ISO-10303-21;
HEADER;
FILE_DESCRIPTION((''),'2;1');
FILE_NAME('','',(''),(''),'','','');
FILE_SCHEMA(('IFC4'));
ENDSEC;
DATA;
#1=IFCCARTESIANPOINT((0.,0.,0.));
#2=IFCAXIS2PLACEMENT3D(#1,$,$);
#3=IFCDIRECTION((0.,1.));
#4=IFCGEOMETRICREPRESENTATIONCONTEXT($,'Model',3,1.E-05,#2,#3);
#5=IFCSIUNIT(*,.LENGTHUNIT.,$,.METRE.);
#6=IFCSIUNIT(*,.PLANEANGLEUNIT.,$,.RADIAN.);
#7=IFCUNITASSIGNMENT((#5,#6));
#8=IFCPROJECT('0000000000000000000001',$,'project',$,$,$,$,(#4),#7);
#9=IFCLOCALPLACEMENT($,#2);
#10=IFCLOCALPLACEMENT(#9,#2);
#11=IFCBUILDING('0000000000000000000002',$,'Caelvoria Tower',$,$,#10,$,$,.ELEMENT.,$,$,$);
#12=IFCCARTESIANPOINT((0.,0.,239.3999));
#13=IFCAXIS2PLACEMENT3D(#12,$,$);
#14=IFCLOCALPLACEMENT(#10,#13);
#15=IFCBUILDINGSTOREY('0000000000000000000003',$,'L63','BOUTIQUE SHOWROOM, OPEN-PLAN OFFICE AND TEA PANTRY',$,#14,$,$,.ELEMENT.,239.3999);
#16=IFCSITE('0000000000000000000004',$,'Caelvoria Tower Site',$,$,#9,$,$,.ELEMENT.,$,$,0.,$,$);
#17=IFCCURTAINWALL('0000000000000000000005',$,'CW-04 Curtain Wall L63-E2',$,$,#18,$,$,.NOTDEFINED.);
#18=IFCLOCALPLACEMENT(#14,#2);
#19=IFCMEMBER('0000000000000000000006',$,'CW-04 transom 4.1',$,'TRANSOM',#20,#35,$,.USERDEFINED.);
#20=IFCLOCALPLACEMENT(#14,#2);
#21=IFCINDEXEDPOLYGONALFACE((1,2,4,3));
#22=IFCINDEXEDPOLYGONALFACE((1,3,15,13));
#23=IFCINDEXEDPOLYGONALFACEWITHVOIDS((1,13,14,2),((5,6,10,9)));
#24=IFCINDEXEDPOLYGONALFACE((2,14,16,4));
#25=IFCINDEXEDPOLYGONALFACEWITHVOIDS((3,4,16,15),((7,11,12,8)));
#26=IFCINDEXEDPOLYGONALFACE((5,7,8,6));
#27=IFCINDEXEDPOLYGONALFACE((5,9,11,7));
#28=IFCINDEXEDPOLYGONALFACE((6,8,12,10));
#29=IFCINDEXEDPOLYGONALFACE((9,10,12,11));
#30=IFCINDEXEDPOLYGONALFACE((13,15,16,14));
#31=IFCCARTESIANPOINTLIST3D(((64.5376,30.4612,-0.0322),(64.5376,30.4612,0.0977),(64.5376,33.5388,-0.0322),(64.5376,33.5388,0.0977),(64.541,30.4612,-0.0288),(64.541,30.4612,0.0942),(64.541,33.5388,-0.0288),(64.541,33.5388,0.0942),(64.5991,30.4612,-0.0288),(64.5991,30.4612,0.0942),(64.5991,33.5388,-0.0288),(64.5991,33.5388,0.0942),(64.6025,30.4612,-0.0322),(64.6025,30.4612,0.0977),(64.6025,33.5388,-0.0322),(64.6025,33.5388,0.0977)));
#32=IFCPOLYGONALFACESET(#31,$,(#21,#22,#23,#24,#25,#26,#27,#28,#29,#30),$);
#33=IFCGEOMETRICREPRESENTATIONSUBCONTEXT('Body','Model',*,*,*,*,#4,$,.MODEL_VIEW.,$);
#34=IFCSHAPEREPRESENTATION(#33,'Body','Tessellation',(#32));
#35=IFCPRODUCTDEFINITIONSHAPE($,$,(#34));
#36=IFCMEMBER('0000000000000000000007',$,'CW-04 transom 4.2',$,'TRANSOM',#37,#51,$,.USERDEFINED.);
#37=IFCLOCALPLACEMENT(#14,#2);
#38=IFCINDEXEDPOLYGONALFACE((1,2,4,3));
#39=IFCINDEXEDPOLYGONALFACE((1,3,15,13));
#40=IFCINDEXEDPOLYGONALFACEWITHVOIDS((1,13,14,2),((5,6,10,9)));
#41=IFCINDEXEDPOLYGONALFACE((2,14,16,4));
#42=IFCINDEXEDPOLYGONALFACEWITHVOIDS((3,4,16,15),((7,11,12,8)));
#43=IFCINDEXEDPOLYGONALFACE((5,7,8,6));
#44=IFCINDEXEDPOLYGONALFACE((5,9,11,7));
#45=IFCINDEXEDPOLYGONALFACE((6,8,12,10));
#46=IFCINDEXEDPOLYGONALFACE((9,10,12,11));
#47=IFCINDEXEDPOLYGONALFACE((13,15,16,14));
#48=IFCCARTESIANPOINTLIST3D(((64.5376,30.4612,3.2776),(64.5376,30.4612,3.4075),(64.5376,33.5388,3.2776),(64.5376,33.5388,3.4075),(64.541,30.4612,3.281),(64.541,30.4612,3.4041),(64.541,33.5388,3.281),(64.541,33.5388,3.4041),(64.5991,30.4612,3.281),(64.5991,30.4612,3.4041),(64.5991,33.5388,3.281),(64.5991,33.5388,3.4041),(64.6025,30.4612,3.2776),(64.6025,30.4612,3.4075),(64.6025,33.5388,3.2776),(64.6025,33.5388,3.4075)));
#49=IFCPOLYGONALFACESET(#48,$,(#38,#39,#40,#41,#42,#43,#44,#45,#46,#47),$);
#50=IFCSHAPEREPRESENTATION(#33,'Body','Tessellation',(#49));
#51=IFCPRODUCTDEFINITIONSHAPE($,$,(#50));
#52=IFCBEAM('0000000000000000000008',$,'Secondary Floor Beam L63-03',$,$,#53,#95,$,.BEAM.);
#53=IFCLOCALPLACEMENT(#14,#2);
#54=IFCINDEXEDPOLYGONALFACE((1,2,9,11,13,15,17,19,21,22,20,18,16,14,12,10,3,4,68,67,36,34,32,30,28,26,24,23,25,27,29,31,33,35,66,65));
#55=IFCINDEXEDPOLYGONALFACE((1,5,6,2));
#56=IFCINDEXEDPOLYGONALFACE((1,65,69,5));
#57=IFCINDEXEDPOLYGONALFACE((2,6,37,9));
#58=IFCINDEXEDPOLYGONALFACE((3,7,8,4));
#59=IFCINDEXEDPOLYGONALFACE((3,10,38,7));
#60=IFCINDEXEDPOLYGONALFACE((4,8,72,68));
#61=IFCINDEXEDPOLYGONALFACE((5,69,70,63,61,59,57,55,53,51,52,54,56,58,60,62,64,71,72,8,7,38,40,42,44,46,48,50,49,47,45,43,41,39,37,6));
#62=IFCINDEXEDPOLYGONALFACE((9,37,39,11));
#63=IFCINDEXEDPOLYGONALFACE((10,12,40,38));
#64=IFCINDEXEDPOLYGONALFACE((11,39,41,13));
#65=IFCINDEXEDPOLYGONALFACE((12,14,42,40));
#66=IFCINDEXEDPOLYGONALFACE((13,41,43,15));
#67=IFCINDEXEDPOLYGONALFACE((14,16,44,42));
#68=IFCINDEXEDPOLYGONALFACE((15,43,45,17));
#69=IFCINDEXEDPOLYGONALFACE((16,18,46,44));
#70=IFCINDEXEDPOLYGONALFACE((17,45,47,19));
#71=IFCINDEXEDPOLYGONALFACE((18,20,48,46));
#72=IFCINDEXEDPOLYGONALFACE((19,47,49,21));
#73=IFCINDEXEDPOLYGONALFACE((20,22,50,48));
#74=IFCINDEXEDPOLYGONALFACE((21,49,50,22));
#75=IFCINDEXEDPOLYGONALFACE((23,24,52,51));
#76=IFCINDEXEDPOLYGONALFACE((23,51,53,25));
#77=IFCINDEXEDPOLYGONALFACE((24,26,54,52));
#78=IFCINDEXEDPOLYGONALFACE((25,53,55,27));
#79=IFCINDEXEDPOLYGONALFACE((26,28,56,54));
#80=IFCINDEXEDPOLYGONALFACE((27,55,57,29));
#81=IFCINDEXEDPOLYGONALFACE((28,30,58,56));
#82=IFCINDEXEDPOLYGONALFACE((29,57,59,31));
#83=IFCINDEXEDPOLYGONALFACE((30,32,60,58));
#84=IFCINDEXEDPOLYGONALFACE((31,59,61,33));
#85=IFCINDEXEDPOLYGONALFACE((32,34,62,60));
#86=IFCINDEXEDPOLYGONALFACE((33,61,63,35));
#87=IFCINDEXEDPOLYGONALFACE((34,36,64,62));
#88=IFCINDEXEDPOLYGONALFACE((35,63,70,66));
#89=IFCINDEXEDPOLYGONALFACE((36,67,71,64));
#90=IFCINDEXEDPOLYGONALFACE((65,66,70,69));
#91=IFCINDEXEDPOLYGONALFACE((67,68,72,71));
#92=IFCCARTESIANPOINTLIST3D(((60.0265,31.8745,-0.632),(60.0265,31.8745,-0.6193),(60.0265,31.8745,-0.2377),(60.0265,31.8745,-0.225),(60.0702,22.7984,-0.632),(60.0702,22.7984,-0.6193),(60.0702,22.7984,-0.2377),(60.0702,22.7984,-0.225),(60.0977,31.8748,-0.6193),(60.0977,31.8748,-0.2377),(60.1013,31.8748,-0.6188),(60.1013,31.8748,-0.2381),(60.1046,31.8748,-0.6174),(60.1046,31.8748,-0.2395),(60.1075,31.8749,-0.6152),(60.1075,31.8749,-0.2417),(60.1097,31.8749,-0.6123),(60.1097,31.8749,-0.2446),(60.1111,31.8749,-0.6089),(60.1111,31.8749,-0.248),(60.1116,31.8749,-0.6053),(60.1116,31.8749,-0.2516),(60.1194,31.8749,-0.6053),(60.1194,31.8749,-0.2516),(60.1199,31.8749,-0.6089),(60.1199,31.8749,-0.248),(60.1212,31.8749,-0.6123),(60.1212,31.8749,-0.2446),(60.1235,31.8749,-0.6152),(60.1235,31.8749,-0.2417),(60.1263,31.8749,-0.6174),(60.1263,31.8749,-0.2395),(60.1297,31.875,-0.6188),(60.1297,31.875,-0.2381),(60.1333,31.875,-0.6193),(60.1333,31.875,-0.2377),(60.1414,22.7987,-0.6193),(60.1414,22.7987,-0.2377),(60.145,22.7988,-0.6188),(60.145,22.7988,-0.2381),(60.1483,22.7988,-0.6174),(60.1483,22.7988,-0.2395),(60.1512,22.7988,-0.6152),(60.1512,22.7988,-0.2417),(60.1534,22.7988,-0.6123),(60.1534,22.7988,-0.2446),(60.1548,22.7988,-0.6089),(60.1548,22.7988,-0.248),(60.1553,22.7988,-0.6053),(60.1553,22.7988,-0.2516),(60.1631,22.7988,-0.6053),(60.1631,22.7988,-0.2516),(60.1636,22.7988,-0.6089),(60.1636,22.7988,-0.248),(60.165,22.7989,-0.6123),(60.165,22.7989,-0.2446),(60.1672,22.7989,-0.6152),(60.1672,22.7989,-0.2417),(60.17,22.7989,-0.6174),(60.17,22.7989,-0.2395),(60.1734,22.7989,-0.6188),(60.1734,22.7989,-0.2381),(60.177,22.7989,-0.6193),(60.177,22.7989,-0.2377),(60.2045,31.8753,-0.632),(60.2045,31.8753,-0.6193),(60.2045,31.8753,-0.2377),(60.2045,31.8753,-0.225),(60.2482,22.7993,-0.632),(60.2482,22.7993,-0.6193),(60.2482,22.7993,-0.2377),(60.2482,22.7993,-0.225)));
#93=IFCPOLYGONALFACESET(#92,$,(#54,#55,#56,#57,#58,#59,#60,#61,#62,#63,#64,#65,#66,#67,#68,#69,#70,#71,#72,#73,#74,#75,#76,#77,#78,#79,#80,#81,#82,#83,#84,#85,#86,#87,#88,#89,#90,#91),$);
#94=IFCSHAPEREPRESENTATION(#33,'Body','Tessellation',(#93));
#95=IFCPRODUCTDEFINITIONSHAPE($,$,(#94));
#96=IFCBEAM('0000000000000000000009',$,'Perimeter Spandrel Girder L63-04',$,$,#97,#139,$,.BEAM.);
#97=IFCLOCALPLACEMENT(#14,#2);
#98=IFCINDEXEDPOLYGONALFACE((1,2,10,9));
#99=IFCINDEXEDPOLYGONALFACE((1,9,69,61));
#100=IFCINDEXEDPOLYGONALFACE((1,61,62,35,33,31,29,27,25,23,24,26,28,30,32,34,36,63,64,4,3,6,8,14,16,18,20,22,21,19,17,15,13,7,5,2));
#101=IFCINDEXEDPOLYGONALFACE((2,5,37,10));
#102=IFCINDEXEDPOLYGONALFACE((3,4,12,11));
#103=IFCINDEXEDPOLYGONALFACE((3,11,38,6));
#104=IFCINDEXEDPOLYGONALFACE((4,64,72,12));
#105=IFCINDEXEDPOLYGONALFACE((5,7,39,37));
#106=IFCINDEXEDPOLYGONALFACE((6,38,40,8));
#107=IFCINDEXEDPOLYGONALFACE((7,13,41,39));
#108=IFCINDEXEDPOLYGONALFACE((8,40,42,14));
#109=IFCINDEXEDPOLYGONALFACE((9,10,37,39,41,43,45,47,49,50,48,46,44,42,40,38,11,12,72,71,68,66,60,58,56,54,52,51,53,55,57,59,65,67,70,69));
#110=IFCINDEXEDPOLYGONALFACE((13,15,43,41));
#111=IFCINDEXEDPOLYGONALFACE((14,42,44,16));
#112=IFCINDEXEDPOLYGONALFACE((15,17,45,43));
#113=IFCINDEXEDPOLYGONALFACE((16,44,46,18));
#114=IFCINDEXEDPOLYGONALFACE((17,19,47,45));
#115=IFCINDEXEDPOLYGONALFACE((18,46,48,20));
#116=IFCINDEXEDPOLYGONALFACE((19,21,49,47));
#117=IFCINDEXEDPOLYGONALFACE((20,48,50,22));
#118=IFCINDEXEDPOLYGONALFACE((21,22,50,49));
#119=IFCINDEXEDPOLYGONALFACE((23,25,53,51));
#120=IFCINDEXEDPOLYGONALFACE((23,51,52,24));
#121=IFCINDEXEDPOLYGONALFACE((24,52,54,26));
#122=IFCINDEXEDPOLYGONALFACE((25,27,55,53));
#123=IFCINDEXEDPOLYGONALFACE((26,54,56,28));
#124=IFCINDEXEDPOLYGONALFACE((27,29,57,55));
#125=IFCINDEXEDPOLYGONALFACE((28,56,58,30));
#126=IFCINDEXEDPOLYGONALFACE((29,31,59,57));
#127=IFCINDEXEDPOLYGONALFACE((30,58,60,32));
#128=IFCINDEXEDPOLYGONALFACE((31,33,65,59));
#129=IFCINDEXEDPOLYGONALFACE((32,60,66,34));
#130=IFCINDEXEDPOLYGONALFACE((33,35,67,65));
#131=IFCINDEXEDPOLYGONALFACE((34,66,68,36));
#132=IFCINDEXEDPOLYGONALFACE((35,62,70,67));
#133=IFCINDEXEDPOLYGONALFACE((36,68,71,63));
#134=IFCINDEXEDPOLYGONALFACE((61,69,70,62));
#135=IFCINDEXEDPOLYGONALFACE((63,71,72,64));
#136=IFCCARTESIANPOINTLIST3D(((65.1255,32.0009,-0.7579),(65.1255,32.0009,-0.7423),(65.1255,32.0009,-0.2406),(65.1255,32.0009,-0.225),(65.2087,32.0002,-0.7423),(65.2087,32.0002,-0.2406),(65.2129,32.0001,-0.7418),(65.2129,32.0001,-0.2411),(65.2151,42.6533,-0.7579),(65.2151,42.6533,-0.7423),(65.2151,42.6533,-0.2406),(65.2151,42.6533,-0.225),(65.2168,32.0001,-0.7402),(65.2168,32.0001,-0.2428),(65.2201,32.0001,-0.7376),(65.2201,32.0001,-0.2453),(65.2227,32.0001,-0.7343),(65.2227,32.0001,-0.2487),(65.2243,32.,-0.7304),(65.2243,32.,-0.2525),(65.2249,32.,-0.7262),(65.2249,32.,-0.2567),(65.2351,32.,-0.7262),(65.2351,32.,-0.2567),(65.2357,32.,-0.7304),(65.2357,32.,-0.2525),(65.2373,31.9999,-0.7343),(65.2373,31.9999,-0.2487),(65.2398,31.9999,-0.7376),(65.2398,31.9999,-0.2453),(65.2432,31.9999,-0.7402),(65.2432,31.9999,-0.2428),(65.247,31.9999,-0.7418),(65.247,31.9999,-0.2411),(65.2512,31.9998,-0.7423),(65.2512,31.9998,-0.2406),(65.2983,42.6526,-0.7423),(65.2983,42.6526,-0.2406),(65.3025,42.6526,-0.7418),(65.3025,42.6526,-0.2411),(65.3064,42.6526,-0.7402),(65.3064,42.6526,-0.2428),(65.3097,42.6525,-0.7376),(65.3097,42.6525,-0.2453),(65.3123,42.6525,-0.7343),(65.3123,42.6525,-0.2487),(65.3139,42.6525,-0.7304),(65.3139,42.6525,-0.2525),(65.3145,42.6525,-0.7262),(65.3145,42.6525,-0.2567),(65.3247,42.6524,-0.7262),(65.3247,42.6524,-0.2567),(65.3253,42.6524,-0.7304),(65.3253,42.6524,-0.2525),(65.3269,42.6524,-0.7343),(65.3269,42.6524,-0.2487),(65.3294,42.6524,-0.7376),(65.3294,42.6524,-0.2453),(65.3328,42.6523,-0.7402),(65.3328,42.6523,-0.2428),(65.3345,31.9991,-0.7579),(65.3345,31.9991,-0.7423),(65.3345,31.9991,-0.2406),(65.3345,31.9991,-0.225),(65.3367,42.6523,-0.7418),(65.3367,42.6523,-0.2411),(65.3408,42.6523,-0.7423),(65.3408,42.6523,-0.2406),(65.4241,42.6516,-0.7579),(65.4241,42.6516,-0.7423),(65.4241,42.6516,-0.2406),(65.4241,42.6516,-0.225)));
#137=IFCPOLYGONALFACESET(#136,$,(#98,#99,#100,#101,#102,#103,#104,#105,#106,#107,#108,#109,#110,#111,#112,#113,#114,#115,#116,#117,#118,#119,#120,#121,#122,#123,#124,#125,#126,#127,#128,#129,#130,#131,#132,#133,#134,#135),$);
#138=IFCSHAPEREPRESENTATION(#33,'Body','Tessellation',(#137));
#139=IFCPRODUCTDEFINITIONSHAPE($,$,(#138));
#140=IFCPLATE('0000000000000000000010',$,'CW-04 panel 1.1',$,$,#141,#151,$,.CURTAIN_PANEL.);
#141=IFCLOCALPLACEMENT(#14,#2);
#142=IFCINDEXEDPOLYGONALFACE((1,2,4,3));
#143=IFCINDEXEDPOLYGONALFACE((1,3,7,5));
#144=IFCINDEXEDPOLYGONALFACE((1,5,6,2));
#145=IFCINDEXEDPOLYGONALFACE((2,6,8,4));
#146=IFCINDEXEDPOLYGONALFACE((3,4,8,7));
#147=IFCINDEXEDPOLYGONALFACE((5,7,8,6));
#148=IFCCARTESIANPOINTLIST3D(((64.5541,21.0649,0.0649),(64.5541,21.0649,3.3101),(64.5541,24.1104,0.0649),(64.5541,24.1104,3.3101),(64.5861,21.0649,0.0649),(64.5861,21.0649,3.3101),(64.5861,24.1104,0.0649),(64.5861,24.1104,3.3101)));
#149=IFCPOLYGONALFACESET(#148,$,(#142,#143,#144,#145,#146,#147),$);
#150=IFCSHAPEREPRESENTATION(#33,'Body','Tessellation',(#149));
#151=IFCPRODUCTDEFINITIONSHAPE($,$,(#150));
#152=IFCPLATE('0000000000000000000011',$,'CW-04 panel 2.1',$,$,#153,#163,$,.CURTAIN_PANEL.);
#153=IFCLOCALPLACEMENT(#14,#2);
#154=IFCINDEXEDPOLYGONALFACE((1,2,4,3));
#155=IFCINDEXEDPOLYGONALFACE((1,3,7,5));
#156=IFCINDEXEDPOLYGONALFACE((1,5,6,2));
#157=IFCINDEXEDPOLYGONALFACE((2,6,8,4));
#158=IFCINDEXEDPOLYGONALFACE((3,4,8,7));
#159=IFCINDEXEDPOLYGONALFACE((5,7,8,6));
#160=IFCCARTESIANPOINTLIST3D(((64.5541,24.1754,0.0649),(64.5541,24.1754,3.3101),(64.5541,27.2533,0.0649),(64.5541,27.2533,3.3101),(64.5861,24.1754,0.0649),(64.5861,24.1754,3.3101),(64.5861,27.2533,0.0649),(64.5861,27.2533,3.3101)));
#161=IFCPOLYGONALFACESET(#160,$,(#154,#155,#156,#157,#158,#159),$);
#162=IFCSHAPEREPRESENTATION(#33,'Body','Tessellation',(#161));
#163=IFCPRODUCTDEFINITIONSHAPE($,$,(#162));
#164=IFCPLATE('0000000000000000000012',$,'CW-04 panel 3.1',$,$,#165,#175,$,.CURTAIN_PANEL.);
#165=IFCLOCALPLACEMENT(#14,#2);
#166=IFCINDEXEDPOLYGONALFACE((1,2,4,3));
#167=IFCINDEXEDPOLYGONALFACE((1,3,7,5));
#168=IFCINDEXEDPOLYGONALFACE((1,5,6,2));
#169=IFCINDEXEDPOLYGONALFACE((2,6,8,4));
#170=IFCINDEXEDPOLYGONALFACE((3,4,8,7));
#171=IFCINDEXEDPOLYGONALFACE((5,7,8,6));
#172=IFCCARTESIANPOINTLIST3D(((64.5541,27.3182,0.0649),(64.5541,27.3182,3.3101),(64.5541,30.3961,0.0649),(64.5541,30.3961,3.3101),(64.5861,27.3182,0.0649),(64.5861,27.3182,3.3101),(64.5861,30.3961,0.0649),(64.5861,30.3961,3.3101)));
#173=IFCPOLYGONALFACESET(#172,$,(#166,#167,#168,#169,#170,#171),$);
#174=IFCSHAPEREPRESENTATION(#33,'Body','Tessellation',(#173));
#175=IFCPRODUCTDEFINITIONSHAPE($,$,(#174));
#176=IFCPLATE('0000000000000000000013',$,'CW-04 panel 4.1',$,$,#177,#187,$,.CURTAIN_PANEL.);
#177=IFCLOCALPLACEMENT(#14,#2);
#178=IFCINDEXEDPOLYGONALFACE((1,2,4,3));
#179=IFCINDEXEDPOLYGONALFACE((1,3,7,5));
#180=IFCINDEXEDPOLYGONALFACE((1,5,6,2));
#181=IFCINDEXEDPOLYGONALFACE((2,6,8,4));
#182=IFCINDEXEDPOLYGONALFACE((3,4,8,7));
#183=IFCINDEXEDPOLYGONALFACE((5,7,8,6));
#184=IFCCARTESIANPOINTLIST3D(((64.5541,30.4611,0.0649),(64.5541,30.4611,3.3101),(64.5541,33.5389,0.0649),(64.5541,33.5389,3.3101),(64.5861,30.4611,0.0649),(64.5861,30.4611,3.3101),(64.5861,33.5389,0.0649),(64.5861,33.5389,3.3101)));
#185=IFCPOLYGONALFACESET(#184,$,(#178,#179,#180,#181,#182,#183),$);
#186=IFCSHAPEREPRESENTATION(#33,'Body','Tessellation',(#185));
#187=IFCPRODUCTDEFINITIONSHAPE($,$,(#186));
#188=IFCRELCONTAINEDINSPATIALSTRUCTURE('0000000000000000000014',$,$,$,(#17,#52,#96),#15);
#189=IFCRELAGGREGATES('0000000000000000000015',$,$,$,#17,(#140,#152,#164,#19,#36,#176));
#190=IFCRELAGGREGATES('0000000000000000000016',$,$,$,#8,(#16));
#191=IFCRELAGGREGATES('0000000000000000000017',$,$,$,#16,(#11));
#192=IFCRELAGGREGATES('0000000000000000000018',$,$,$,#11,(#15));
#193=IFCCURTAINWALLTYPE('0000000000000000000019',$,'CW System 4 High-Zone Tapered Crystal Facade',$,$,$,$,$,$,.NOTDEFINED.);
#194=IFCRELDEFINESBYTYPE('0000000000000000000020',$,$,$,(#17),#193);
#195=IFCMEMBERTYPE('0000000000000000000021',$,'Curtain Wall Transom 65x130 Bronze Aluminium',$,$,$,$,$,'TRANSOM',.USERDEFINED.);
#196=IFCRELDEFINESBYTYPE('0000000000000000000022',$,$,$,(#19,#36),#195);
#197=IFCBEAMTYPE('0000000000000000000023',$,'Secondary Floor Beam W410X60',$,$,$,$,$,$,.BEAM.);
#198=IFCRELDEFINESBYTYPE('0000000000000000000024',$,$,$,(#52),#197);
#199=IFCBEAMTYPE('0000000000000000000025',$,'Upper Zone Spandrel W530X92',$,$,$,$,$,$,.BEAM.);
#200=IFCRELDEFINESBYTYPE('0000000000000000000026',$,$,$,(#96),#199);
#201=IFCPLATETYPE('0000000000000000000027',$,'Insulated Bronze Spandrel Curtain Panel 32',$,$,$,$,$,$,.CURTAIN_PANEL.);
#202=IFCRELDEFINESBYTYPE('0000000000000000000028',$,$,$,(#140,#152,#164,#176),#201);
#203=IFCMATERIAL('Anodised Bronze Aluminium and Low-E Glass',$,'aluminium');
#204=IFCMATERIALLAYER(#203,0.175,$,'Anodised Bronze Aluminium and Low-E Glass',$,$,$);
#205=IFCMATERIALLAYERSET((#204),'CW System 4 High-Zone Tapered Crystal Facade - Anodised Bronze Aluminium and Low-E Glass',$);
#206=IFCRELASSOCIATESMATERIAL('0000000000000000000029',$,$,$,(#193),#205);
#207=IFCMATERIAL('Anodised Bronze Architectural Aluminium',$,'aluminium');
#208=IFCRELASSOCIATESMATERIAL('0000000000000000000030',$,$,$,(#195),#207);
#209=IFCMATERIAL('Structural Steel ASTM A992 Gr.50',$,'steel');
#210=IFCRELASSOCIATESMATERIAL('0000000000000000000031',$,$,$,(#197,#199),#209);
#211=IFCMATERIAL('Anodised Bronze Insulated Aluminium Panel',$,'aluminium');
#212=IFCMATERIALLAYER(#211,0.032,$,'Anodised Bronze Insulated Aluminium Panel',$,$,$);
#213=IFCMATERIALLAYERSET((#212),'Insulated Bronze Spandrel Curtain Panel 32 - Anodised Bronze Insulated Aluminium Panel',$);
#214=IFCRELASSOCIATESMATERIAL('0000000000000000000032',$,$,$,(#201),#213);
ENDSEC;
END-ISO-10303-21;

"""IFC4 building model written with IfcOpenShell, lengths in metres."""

from ifc_helpers import new_model, si_unit, direction, frame, origin, origin_2d, place, context, subcontext, project, spatial, rectangle, hollow_rectangle, i_section, extrude, material, layer, layer_set, material_profile, profile_set, type_object, element, aggregate, save


model = new_model("IFC4")

# Units and contexts
model_context = context("Model", 3, precision=1e-05, world=origin(), true_north=direction((0.0, 1.0)))
body_context = subcontext(model_context, "Body", "Model", "MODEL_VIEW")
ifc_project = project(units=[si_unit("LENGTHUNIT", "METRE"), si_unit("PLANEANGLEUNIT", "RADIAN")], contexts=[model_context])

# Site, building, storey
site_placement = place(None, origin())
site = spatial("IfcSite", under=ifc_project, at=site_placement, Name="Caelvoria Tower Site", CompositionType="ELEMENT", RefElevation=0.0)
building_placement = place(site_placement, origin())
building = spatial("IfcBuilding", under=site, at=building_placement, Name="Caelvoria Tower", CompositionType="ELEMENT")
storey_placement = place(building_placement, frame((0.0, 0.0, 239.3999)))
storey = spatial("IfcBuildingStorey", under=building, at=storey_placement, Name="L63", Description="BOUTIQUE SHOWROOM, OPEN-PLAN OFFICE AND TEA PANTRY", CompositionType="ELEMENT", Elevation=239.3999)

# Shared definitions
ifc_material_1 = material(Name="Structural Steel ASTM A992 Gr.50", Category="steel")

# Shared definitions
ifc_material_2 = material(Name="Anodised Bronze Aluminium and Low-E Glass", Category="aluminium")
ifc_layer_1 = layer(ifc_material_2, 0.175, Name="Anodised Bronze Aluminium and Low-E Glass")
ifc_layer_set_1 = layer_set([ifc_layer_1], Name="CW System 4 High-Zone Tapered Crystal Facade - Anodised Bronze Aluminium and Low-E Glass")
curtain_wall_type = type_object("IfcCurtainWallType", Name="CW System 4 High-Zone Tapered Crystal Facade", PredefinedType="NOTDEFINED", material=ifc_layer_set_1)
ifc_material_3 = material(Name="Anodised Bronze Architectural Aluminium", Category="aluminium")

# Curtain wall, members
curtain_wall_1_placement = place(storey_placement, origin())
curtain_wall_1 = element("IfcCurtainWall", 1, at=curtain_wall_1_placement, inside=storey, type_object=curtain_wall_type, Name="CW-04 Curtain Wall L63-E2", PredefinedType="NOTDEFINED")
ifc_material_profile_1 = material_profile(ifc_material_3, hollow_rectangle(XDim=0.0649, YDim=0.1299, WallThickness=0.0034, at=origin_2d()), Name="Anodised Bronze Architectural Aluminium")
ifc_profile_set_1 = profile_set([ifc_material_profile_1], Name="CW_TRAN_65X130 - Anodised Bronze Architectural Aluminium")
member_type_1 = type_object("IfcMemberType", Name="Curtain Wall Transom 65x130 Bronze Aluminium", ElementType="TRANSOM", PredefinedType="USERDEFINED", material=ifc_profile_set_1)
member_1_placement = place(storey_placement, frame((64.5701, 30.4612, 0.0327), z_axis=(0.0, 1.0, 0.0), x_axis=(-1.0, 0.0, 0.0)))
member_1 = element("IfcMember", 2, at=member_1_placement, type_object=member_type_1, Name="CW-04 transom 4.1", ObjectType="TRANSOM", PredefinedType="USERDEFINED", context=body_context, shape_type="SweptSolid", body=[
    extrude(hollow_rectangle(XDim=0.0649, YDim=0.1299, WallThickness=0.0034, at=origin_2d()), origin(), (0.0, 0.0, 1.0), 3.0776),
])
member_2_placement = place(storey_placement, frame((64.5701, 30.4612, 3.3425), z_axis=(0.0, 1.0, 0.0), x_axis=(-1.0, 0.0, 0.0)))
member_2 = element("IfcMember", 3, at=member_2_placement, type_object=member_type_1, Name="CW-04 transom 4.2", ObjectType="TRANSOM", PredefinedType="USERDEFINED", context=body_context, shape_type="SweptSolid", body=[
    extrude(hollow_rectangle(XDim=0.0649, YDim=0.1299, WallThickness=0.0034, at=origin_2d()), origin(), (0.0, 0.0, 1.0), 3.0776),
])

# Beams
ifc_material_profile_2 = material_profile(ifc_material_1, i_section(OverallWidth=0.178, OverallDepth=0.407, WebThickness=0.0078, FlangeThickness=0.0127, FilletRadius=0.0139, at=origin_2d()), Name="Structural Steel ASTM A992 Gr.50")
ifc_profile_set_2 = profile_set([ifc_material_profile_2], Name="W410X60 - Structural Steel ASTM A992 Gr.50")
beam_type_1 = type_object("IfcBeamType", Name="Secondary Floor Beam W410X60", PredefinedType="BEAM", material=ifc_profile_set_2)
beam_1_placement = place(storey_placement, frame((60.1592, 22.7988, -0.4285), z_axis=(-0.004815, 0.999988, 0.0), x_axis=(-0.999988, -0.004815, 0.0)))
element("IfcBeam", 4, at=beam_1_placement, inside=storey, type_object=beam_type_1, Name="Secondary Floor Beam L63-03", PredefinedType="BEAM", context=body_context, shape_type="SweptSolid", body=[
    extrude(i_section(OverallWidth=0.178, OverallDepth=0.407, WebThickness=0.0078, FlangeThickness=0.0127, FilletRadius=0.0139, at=origin_2d()), origin(), (0.0, 0.0, 1.0), 9.0762),
])
ifc_material_profile_3 = material_profile(ifc_material_1, i_section(OverallWidth=0.209, OverallDepth=0.533, WebThickness=0.0103, FlangeThickness=0.0156, FilletRadius=0.0161, at=origin_2d()), Name="Structural Steel ASTM A992 Gr.50")
ifc_profile_set_3 = profile_set([ifc_material_profile_3], Name="W530X92 - Structural Steel ASTM A992 Gr.50")
beam_type_2 = type_object("IfcBeamType", Name="Upper Zone Spandrel W530X92", PredefinedType="BEAM", material=ifc_profile_set_3)
beam_2_placement = place(storey_placement, frame((65.23, 32.0, -0.4915), z_axis=(0.008411, 0.999965, 0.0), x_axis=(-0.999965, 0.008411, 0.0)))
element("IfcBeam", 5, at=beam_2_placement, inside=storey, type_object=beam_type_2, Name="Perimeter Spandrel Girder L63-04", PredefinedType="BEAM", context=body_context, shape_type="SweptSolid", body=[
    extrude(i_section(OverallWidth=0.209, OverallDepth=0.533, WebThickness=0.0103, FlangeThickness=0.0156, FilletRadius=0.0161, at=origin_2d()), origin(), (0.0, 0.0, 1.0), 10.6528),
])

# Plates
ifc_material_4 = material(Name="Anodised Bronze Insulated Aluminium Panel", Category="aluminium")
ifc_layer_2 = layer(ifc_material_4, 0.032, Name="Anodised Bronze Insulated Aluminium Panel")
ifc_layer_set_2 = layer_set([ifc_layer_2], Name="Insulated Bronze Spandrel Curtain Panel 32 - Anodised Bronze Insulated Aluminium Panel")
plate_type_1 = type_object("IfcPlateType", Name="Insulated Bronze Spandrel Curtain Panel 32", PredefinedType="CURTAIN_PANEL", material=ifc_layer_set_2)
plate_1_placement = place(storey_placement, frame((64.5701, 22.5876, 0.0649), z_axis=(0.0, 0.0, 1.0), x_axis=(0.0, 1.0, 0.0)))
plate_1 = element("IfcPlate", 6, at=plate_1_placement, type_object=plate_type_1, Name="CW-04 panel 1.1", PredefinedType="CURTAIN_PANEL", context=body_context, shape_type="SweptSolid", body=[
    extrude(rectangle(XDim=3.0454, YDim=0.032, at=origin_2d()), origin(), (0.0, 0.0, 1.0), 3.2451),
])
plate_2_placement = place(storey_placement, frame((64.5701, 25.7144, 0.0649), z_axis=(0.0, 0.0, 1.0), x_axis=(0.0, 1.0, 0.0)))
plate_2 = element("IfcPlate", 7, at=plate_2_placement, type_object=plate_type_1, Name="CW-04 panel 2.1", PredefinedType="CURTAIN_PANEL", context=body_context, shape_type="SweptSolid", body=[
    extrude(rectangle(XDim=3.0779, YDim=0.032, at=origin_2d()), origin(), (0.0, 0.0, 1.0), 3.2451),
])
plate_3_placement = place(storey_placement, frame((64.5701, 28.8572, 0.0649), z_axis=(0.0, 0.0, 1.0), x_axis=(0.0, 1.0, 0.0)))
plate_3 = element("IfcPlate", 8, at=plate_3_placement, type_object=plate_type_1, Name="CW-04 panel 3.1", PredefinedType="CURTAIN_PANEL", context=body_context, shape_type="SweptSolid", body=[
    extrude(rectangle(XDim=3.0779, YDim=0.032, at=origin_2d()), origin(), (0.0, 0.0, 1.0), 3.2451),
])
plate_4_placement = place(storey_placement, frame((64.5701, 32.0, 0.0649), z_axis=(0.0, 0.0, 1.0), x_axis=(0.0, 1.0, 0.0)))
plate_4 = element("IfcPlate", 9, at=plate_4_placement, type_object=plate_type_1, Name="CW-04 panel 4.1", PredefinedType="CURTAIN_PANEL", context=body_context, shape_type="SweptSolid", body=[
    extrude(rectangle(XDim=3.0779, YDim=0.032, at=origin_2d()), origin(), (0.0, 0.0, 1.0), 3.2451),
])
aggregate(curtain_wall_1, [plate_1, plate_2, plate_3, member_1, member_2, plate_4])

save(model, "model.ifc")
